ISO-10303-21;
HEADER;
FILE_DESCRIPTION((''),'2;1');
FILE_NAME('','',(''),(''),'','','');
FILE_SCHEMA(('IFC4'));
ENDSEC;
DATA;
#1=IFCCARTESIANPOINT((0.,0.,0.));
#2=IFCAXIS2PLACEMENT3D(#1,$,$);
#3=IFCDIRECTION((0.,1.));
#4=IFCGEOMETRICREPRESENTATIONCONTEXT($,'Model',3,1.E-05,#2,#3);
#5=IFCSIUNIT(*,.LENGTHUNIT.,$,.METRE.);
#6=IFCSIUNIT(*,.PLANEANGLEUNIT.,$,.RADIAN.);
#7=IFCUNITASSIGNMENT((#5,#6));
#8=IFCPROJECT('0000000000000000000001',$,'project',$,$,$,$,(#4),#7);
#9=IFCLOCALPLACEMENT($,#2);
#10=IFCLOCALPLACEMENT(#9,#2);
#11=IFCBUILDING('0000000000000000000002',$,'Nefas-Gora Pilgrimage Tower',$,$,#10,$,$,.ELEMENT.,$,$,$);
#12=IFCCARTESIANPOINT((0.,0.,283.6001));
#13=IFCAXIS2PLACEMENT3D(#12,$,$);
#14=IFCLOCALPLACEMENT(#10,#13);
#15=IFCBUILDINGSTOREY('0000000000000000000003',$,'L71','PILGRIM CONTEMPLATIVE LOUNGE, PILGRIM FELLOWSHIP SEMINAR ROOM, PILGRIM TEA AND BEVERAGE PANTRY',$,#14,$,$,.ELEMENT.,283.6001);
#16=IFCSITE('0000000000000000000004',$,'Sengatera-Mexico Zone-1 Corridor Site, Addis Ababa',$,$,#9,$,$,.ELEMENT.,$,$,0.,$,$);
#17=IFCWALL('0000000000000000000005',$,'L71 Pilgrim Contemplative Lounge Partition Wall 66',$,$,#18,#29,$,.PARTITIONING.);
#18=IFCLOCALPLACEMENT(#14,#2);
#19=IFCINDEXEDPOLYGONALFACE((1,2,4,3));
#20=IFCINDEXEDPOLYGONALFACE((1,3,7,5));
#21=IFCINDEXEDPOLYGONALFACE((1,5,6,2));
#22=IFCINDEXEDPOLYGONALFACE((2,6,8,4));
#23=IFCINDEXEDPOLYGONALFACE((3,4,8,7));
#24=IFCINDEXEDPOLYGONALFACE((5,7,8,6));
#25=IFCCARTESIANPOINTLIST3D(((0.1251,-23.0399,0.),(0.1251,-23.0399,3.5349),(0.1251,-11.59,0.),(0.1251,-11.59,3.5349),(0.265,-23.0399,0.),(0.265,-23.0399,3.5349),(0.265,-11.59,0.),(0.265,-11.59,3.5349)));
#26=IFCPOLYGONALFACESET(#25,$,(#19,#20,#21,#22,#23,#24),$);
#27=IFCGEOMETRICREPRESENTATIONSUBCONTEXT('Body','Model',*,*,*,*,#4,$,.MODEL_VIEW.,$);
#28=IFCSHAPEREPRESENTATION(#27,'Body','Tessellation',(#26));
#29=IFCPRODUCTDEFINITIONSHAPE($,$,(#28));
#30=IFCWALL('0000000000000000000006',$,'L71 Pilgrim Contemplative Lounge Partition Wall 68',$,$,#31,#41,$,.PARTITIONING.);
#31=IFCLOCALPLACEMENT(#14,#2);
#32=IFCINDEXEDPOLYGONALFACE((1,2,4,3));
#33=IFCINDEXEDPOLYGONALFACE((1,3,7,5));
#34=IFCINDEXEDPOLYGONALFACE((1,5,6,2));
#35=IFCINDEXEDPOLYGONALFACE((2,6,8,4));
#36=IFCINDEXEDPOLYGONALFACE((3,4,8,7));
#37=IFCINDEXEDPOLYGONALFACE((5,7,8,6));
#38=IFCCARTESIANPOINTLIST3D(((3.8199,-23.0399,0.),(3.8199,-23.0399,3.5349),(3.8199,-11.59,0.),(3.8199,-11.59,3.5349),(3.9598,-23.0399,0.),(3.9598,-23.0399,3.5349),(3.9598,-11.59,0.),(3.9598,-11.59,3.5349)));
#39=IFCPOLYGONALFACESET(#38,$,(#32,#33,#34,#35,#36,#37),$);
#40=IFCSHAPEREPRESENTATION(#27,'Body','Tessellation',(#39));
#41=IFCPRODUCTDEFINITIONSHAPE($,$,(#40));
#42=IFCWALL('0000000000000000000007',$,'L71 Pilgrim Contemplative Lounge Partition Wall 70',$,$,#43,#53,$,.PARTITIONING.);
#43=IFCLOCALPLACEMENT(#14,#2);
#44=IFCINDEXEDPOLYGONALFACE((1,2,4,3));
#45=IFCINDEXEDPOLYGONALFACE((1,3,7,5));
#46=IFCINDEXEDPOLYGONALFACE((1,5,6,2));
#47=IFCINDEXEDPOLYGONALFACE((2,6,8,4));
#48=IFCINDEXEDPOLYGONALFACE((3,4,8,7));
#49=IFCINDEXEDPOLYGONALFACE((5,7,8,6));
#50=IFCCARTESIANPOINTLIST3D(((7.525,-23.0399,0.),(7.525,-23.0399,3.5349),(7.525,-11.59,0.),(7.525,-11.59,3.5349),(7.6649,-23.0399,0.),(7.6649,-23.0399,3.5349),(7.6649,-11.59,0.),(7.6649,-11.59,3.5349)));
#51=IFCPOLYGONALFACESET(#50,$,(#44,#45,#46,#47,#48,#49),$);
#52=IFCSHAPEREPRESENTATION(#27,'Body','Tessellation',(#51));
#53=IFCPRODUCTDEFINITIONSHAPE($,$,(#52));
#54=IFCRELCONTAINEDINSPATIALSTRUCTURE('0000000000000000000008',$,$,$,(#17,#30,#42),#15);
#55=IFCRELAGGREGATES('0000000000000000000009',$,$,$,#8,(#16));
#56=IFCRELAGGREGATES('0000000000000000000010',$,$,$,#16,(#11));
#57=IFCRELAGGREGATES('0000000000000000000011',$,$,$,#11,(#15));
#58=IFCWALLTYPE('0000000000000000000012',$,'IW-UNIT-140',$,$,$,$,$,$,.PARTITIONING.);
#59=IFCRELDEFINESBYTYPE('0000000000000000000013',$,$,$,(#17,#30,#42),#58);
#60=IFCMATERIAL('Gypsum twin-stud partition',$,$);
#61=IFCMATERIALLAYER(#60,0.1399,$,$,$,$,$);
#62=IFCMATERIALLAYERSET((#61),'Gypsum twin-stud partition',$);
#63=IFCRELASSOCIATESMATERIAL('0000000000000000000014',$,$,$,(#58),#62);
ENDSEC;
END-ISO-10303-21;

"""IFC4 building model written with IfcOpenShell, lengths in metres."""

from ifc_helpers import new_model, si_unit, direction, frame, frame_2d, origin, place, context, subcontext, project, spatial, rectangle, extrude, source, transform, mapped, material, layer, layer_set, type_object, element, save


model = new_model("IFC4")

# Units and contexts
model_context = context("Model", 3, precision=1e-05, world=origin(), true_north=direction((0.0, 1.0)))
body_context = subcontext(model_context, "Body", "Model", "MODEL_VIEW")
ifc_project = project(units=[si_unit("LENGTHUNIT", "METRE"), si_unit("PLANEANGLEUNIT", "RADIAN")], contexts=[model_context])

# Site, building, storey
site_placement = place(None, origin())
site = spatial("IfcSite", under=ifc_project, at=site_placement, Name="Sengatera-Mexico Zone-1 Corridor Site, Addis Ababa", CompositionType="ELEMENT", RefElevation=0.0)
building_placement = place(site_placement, origin())
building = spatial("IfcBuilding", under=site, at=building_placement, Name="Nefas-Gora Pilgrimage Tower", CompositionType="ELEMENT")
storey_placement = place(building_placement, frame((0.0, 0.0, 283.6001)))
storey = spatial("IfcBuildingStorey", under=building, at=storey_placement, Name="L71", Description="PILGRIM CONTEMPLATIVE LOUNGE, PILGRIM FELLOWSHIP SEMINAR ROOM, PILGRIM TEA AND BEVERAGE PANTRY", CompositionType="ELEMENT", Elevation=283.6001)

# Walls
ifc_material_1 = material(Name="Gypsum twin-stud partition")
ifc_layer_1 = layer(ifc_material_1, 0.1399)
ifc_layer_set_1 = layer_set([ifc_layer_1], Name="Gypsum twin-stud partition")
wall_type_1 = type_object("IfcWallType", Name="IW-UNIT-140", PredefinedType="PARTITIONING", material=ifc_layer_set_1)
shared_shape_1 = source(origin(), body_context, "Body", "SweptSolid", [
    extrude(rectangle(XDim=11.45, YDim=0.1399, at=frame_2d((5.7251, 0.0))), origin(), (0.0, 0.0, 1.0), 3.5349),
])
for number, where, z_axis, x_axis, name in (
    (1, (0.1951, -23.04, 0.0), (0.0, 0.0, 1.0), (0.0, 1.0, 0.0), "L71 Pilgrim Contemplative Lounge Partition Wall 66"),
    (2, (3.8899, -23.04, 0.0), (0.0, 0.0, 1.0), (0.0, 1.0, 0.0), "L71 Pilgrim Contemplative Lounge Partition Wall 68"),
    (3, (7.595, -23.04, 0.0), (0.0, 0.0, 1.0), (0.0, 1.0, 0.0), "L71 Pilgrim Contemplative Lounge Partition Wall 70"),
):
    element("IfcWall", number, at=place(storey_placement, frame(where, z_axis=z_axis, x_axis=x_axis)), inside=storey, type_object=wall_type_1, Name=name, PredefinedType="PARTITIONING", context=body_context, shape_type="MappedRepresentation", body=[
        mapped(shared_shape_1, transform((0.0, 0.0, 0.0), x_axis=(1.0, 0.0, 0.0), y_axis=(0.0, 1.0, 0.0), z_axis=(0.0, 0.0, 1.0), scale=1.0)),
    ])

save(model, "model.ifc")
